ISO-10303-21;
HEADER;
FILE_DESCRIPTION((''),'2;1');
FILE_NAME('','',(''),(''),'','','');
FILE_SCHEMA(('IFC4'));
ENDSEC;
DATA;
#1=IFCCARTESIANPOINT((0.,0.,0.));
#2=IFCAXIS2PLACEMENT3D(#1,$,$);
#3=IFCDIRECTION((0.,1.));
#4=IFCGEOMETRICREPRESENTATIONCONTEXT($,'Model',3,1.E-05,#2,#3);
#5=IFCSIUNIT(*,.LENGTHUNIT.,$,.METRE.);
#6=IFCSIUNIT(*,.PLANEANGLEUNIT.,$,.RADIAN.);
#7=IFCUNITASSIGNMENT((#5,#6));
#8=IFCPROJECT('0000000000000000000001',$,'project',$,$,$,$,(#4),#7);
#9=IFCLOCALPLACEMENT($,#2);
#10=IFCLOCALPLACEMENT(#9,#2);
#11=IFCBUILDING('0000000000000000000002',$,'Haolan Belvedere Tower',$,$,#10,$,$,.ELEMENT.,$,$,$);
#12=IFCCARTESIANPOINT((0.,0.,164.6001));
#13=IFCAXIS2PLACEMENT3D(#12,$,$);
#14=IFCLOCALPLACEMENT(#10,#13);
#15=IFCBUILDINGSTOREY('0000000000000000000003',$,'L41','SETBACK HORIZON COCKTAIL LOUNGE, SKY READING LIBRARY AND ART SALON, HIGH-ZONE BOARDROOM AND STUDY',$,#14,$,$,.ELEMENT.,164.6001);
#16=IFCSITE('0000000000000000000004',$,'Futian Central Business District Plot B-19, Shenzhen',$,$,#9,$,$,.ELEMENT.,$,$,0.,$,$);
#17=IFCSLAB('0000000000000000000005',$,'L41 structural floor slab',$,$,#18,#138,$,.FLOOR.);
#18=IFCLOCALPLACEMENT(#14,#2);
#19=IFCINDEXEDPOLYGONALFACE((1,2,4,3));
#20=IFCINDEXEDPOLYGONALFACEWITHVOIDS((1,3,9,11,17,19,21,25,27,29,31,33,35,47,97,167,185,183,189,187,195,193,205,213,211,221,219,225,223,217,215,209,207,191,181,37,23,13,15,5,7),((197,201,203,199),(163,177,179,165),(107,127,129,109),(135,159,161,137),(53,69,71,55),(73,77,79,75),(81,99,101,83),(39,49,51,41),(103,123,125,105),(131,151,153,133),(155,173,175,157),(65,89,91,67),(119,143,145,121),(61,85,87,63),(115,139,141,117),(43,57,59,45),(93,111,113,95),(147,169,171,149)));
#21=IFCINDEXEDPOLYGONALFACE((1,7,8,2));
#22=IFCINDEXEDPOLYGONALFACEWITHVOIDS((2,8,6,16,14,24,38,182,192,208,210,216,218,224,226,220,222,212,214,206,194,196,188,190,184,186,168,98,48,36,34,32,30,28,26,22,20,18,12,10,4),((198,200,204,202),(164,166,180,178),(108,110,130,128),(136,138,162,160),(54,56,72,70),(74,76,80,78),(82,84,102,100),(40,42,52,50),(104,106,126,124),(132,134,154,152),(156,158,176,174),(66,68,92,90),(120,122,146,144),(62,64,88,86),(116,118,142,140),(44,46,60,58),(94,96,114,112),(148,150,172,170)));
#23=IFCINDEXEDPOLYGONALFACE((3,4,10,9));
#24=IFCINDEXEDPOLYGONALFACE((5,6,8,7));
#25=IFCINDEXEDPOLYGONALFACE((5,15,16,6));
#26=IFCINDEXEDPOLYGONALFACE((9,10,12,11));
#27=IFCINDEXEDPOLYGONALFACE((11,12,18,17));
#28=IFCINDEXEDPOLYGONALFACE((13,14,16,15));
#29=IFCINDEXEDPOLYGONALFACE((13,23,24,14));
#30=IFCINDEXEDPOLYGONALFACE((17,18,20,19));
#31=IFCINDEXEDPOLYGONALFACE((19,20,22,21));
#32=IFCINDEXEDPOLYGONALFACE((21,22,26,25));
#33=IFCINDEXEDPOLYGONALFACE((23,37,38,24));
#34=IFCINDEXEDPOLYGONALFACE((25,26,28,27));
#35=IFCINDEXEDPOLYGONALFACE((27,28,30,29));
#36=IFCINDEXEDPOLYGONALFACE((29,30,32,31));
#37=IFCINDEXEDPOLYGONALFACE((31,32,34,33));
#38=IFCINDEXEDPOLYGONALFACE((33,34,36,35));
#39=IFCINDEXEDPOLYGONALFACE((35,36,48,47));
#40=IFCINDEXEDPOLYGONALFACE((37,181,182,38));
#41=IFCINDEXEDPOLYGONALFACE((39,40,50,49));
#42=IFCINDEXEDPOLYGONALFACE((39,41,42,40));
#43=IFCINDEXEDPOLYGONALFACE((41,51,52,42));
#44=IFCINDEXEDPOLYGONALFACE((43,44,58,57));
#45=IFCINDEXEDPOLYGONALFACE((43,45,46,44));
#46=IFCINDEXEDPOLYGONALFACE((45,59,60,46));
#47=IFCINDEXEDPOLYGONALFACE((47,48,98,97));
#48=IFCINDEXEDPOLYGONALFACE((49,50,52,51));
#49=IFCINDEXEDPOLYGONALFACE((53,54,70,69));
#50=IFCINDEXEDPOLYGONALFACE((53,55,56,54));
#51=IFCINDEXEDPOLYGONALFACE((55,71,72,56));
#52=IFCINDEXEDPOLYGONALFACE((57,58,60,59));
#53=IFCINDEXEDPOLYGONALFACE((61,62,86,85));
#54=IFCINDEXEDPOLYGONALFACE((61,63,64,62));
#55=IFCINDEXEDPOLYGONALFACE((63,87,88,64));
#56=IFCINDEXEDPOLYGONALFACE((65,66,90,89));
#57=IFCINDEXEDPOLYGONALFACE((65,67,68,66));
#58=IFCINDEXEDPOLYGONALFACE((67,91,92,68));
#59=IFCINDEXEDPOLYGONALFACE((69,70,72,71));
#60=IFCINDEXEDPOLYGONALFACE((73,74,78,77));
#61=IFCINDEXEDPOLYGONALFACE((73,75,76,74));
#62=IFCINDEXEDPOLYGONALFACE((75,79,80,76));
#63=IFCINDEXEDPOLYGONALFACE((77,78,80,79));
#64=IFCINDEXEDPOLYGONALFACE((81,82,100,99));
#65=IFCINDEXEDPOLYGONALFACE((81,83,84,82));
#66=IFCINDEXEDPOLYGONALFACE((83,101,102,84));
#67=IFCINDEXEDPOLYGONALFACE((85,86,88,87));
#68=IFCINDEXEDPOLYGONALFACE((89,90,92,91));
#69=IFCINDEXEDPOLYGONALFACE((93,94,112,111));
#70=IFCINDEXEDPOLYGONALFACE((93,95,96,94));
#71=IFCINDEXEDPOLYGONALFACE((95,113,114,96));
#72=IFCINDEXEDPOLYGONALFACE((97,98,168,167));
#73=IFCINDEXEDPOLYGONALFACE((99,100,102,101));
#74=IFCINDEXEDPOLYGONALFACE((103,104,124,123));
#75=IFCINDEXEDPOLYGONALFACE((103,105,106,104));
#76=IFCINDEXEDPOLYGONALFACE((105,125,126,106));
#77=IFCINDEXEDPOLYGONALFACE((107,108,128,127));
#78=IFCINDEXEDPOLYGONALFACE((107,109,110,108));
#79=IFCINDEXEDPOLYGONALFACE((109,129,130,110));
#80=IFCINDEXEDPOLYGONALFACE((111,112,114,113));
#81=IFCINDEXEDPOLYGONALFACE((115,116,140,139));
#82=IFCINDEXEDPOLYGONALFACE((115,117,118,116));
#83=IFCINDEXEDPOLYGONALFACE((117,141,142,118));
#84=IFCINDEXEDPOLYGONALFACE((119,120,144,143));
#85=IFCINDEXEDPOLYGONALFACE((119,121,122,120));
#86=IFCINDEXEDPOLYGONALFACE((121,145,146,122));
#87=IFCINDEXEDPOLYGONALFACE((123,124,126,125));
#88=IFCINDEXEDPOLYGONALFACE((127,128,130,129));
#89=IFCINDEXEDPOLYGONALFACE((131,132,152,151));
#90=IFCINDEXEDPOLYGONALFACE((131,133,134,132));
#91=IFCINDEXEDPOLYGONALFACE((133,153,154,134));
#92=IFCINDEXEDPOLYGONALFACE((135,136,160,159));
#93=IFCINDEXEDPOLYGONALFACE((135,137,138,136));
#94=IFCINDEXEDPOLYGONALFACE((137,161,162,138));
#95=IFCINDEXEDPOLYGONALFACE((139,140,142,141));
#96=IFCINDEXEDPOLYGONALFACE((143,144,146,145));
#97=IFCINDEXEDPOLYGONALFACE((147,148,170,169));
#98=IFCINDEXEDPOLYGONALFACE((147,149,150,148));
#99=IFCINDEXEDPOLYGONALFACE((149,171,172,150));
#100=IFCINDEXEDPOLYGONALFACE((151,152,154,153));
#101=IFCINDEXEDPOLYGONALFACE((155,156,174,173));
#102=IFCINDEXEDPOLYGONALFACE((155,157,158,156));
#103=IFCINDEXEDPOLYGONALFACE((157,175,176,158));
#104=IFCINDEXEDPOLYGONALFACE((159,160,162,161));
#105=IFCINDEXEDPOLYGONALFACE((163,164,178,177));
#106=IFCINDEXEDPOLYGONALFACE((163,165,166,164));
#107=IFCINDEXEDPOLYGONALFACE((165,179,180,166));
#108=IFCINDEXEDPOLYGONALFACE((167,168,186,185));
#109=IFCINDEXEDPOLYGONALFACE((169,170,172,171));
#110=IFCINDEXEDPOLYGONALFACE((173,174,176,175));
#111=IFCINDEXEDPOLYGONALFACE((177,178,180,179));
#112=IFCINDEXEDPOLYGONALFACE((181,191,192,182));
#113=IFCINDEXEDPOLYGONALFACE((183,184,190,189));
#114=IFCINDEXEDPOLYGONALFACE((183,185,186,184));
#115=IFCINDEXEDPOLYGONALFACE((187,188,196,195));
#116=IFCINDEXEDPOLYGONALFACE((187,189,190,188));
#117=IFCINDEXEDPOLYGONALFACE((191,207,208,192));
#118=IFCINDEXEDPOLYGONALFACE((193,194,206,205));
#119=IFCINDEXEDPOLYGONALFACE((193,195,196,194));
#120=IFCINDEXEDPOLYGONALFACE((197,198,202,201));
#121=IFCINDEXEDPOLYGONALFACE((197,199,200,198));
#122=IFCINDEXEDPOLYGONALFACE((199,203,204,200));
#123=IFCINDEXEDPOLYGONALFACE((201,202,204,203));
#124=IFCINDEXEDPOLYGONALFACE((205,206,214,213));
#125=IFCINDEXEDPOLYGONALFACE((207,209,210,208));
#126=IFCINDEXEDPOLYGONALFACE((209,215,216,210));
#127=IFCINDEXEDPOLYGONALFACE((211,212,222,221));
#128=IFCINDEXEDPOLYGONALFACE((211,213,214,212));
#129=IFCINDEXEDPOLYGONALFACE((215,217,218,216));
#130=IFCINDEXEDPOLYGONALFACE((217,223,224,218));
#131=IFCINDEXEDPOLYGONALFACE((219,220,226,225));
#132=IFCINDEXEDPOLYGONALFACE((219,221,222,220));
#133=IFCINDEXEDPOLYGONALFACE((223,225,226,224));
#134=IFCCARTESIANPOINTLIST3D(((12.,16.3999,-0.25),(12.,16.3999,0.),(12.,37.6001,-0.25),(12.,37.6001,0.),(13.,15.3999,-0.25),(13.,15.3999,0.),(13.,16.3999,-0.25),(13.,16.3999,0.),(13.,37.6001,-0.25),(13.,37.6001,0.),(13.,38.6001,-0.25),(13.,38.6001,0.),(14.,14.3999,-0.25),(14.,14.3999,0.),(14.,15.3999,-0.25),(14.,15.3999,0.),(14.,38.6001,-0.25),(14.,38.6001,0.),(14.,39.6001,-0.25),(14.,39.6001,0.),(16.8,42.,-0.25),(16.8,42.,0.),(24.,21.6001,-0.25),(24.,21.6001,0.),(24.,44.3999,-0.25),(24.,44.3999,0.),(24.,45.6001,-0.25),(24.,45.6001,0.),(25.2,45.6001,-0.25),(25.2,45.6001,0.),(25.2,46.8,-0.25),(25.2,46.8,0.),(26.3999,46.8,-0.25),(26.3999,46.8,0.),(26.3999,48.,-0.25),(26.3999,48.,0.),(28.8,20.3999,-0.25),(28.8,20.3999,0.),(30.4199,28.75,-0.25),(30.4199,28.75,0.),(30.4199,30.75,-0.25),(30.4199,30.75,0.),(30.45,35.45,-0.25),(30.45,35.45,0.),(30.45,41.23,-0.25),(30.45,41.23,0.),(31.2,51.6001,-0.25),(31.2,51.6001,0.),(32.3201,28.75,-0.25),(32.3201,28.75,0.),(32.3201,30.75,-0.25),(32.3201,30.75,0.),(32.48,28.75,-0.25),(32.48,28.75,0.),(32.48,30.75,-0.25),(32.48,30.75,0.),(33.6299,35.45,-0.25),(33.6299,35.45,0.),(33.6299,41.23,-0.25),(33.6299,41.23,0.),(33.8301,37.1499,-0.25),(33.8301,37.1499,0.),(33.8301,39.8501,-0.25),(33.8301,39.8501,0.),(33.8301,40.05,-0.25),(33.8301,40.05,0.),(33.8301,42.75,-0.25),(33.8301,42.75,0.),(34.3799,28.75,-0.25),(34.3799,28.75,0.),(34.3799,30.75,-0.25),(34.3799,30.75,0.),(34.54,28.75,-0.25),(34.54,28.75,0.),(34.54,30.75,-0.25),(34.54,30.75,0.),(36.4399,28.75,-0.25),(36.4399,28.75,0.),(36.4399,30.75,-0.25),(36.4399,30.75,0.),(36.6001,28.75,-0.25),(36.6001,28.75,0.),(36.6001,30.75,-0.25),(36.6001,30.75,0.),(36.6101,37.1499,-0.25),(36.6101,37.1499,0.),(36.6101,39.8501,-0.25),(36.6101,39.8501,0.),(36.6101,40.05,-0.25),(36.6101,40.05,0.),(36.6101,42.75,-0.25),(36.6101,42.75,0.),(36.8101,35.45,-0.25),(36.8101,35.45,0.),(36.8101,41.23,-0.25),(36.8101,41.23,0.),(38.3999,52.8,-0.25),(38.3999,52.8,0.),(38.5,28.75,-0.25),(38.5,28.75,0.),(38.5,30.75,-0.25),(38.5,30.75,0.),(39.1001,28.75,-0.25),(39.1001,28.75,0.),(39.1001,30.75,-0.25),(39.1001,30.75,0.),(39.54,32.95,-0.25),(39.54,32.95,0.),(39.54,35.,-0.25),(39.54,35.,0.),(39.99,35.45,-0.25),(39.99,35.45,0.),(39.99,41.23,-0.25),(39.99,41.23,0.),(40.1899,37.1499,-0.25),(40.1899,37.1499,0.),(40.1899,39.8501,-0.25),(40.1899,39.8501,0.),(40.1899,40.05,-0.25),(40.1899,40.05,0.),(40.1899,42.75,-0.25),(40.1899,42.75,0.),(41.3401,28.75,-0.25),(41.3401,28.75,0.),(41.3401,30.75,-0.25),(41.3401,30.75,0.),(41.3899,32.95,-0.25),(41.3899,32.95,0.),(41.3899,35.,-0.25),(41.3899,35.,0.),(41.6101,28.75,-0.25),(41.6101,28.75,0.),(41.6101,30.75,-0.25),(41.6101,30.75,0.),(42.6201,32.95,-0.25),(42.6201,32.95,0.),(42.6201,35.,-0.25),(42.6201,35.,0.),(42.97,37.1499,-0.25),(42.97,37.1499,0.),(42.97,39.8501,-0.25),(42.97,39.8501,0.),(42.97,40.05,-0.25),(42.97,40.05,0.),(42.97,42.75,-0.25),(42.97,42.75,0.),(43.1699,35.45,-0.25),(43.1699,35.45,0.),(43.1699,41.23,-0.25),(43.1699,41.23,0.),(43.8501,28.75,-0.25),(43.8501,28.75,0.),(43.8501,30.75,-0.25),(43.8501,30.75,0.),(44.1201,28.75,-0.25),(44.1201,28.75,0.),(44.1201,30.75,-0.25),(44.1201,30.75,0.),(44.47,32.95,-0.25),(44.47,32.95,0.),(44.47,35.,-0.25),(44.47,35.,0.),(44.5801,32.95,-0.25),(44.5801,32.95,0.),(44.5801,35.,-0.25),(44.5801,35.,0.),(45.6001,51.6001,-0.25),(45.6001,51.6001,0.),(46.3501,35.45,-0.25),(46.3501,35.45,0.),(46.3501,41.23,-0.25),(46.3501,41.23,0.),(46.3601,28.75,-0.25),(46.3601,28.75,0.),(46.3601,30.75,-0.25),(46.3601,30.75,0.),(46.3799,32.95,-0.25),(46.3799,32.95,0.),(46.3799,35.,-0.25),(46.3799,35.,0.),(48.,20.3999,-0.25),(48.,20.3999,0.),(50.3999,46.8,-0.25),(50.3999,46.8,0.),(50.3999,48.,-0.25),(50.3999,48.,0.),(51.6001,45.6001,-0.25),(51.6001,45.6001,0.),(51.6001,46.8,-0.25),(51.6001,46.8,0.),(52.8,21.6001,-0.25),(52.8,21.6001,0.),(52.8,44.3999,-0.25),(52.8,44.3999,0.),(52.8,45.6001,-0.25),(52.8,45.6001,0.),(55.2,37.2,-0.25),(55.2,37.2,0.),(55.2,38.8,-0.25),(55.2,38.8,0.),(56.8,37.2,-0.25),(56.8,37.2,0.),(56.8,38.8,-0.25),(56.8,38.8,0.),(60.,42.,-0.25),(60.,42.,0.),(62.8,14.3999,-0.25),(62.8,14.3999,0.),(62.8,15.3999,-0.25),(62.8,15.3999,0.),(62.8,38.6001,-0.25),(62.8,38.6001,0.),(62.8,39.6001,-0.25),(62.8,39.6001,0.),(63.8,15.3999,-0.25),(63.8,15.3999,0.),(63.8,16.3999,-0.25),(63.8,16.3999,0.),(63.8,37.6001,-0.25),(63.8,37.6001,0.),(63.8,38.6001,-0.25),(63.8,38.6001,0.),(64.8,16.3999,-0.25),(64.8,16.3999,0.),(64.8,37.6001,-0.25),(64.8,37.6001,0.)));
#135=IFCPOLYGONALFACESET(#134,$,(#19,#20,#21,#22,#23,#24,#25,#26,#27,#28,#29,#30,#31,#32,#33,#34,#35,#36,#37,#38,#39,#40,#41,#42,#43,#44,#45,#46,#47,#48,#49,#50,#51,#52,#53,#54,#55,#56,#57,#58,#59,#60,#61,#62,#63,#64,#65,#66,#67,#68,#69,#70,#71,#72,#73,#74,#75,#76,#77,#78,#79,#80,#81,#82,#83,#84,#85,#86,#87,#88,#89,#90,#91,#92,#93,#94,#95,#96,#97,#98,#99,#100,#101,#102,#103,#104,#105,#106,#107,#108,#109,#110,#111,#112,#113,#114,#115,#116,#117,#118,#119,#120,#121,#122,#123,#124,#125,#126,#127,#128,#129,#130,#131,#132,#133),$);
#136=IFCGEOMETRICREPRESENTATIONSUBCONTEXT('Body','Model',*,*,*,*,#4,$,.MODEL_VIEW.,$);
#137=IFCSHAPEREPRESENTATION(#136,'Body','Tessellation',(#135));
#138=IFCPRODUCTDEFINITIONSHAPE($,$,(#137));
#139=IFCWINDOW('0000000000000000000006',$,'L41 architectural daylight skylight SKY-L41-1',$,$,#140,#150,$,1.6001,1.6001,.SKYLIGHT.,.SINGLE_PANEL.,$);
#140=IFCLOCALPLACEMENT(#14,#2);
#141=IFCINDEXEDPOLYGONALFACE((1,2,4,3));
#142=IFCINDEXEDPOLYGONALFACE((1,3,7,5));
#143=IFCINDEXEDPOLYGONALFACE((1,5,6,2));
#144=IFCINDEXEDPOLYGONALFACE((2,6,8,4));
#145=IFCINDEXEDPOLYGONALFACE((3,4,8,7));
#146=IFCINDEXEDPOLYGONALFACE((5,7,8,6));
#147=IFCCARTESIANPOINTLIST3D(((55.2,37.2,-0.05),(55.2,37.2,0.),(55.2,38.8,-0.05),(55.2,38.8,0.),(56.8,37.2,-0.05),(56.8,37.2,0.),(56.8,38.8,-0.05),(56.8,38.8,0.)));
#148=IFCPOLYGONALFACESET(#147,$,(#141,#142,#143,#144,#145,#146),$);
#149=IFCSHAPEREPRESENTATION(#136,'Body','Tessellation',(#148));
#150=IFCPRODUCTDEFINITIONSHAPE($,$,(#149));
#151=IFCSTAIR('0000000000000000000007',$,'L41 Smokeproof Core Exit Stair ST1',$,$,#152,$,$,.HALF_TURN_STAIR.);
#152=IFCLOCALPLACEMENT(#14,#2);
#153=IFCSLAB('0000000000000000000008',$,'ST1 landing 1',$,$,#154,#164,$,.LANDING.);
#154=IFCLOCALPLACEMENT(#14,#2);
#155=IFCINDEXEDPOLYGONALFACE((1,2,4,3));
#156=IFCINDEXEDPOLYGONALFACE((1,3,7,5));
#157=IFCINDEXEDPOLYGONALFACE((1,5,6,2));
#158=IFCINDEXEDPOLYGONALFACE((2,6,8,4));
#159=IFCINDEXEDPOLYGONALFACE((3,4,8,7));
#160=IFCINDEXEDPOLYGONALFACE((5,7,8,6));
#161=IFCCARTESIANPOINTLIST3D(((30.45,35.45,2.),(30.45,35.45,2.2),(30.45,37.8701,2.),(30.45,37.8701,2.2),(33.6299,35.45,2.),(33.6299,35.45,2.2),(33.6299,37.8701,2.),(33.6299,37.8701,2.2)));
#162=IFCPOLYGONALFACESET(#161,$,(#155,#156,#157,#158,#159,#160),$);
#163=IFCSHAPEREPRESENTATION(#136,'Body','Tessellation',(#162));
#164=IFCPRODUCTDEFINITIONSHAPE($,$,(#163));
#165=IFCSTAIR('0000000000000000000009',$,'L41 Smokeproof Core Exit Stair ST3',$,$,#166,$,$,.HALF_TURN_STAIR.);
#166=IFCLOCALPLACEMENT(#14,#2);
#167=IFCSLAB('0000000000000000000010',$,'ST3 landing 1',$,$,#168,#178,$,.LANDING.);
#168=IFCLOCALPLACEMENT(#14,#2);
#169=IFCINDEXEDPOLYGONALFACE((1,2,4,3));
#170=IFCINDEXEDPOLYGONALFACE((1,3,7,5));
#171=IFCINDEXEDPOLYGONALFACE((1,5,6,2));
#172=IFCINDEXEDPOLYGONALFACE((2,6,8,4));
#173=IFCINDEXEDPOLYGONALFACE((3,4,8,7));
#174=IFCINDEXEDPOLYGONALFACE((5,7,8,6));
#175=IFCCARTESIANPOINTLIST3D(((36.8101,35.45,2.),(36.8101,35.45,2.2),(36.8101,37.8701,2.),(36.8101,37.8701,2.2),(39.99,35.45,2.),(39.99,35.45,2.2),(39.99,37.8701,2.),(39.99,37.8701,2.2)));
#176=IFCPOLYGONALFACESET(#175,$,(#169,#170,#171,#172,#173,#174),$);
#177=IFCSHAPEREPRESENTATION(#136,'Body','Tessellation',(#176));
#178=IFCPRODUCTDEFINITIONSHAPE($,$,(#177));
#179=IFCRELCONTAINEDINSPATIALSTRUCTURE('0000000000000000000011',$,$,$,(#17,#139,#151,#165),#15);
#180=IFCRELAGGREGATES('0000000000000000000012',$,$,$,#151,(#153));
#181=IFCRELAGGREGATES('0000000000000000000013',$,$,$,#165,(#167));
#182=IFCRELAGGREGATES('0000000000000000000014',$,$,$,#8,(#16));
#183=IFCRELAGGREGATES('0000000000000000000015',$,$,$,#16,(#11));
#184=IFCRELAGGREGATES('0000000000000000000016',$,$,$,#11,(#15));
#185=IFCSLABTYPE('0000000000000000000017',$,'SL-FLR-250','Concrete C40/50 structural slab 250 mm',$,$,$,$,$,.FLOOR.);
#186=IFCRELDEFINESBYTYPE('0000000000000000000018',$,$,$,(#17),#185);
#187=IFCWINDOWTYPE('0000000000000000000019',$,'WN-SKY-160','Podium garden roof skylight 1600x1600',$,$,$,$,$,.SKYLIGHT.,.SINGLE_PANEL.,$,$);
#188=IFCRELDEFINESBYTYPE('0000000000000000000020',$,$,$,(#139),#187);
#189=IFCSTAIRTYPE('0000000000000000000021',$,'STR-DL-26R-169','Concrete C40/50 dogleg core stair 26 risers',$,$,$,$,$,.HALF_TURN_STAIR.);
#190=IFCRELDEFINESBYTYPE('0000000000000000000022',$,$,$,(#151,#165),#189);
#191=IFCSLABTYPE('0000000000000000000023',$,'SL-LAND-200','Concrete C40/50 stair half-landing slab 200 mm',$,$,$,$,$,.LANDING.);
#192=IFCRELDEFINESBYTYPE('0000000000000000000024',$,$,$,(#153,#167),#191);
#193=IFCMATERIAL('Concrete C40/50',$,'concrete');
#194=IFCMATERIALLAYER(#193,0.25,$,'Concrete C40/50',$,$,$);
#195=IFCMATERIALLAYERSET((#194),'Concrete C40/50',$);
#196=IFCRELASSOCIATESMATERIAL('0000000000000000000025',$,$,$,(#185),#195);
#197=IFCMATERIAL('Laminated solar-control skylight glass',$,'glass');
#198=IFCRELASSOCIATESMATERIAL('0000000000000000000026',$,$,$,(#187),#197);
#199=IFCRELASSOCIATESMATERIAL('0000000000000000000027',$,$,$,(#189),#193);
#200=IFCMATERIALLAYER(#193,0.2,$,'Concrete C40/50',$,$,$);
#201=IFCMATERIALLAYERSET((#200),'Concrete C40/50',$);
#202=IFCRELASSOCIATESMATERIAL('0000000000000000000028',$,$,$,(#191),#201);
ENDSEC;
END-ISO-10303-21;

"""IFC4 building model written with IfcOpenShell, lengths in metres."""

from ifc_helpers import new_model, si_unit, direction, frame, origin, origin_2d, place, context, subcontext, project, spatial, polyline, rectangle, outline, extrude, material, layer, layer_set, type_object, element, fill, aggregate, save


model = new_model("IFC4")

# Units and contexts
model_context = context("Model", 3, precision=1e-05, world=origin(), true_north=direction((0.0, 1.0)))
body_context = subcontext(model_context, "Body", "Model", "MODEL_VIEW")
ifc_project = project(units=[si_unit("LENGTHUNIT", "METRE"), si_unit("PLANEANGLEUNIT", "RADIAN")], contexts=[model_context])

# Site, building, storey
site_placement = place(None, origin())
site = spatial("IfcSite", under=ifc_project, at=site_placement, Name="Futian Central Business District Plot B-19, Shenzhen", CompositionType="ELEMENT", RefElevation=0.0)
building_placement = place(site_placement, origin())
building = spatial("IfcBuilding", under=site, at=building_placement, Name="Haolan Belvedere Tower", CompositionType="ELEMENT")
storey_placement = place(building_placement, frame((0.0, 0.0, 164.6001)))
storey = spatial("IfcBuildingStorey", under=building, at=storey_placement, Name="L41", Description="SETBACK HORIZON COCKTAIL LOUNGE, SKY READING LIBRARY AND ART SALON, HIGH-ZONE BOARDROOM AND STUDY", CompositionType="ELEMENT", Elevation=164.6001)

# Slab, opening, window
ifc_material_1 = material(Name="Concrete C40/50", Category="concrete")
ifc_layer_1 = layer(ifc_material_1, 0.25, Name="Concrete C40/50")
ifc_layer_set_1 = layer_set([ifc_layer_1], Name="Concrete C40/50")
slab_type_1 = type_object("IfcSlabType", Name="SL-FLR-250", Description="Concrete C40/50 structural slab 250 mm", PredefinedType="FLOOR", material=ifc_layer_set_1)
slab_1_placement = place(storey_placement, frame((0.0, 0.0, -0.25)))
slab_1 = element("IfcSlab", 1, at=slab_1_placement, inside=storey, type_object=slab_type_1, Name="L41 structural floor slab", PredefinedType="FLOOR", context=body_context, shape_type="SweptSolid", body=[
    extrude(outline(polyline([(24.0, 21.6001), (28.8, 20.3999), (48.0, 20.3999), (52.8, 21.6001), (62.8, 14.3999), (62.8, 15.3999), (63.8, 15.3999), (63.8, 16.3999), (64.8, 16.3999), (64.8, 37.6001), (63.8, 37.6001), (63.8, 38.6001), (62.8, 38.6001), (62.8, 39.6001), (60.0, 42.0), (52.8, 44.3999), (52.8, 45.6001), (51.6001, 45.6001), (51.6001, 46.8), (50.3999, 46.8), (50.3999, 48.0), (45.6001, 51.6001), (38.3999, 52.8), (31.2, 51.6001), (26.3999, 48.0), (26.3999, 46.8), (25.2, 46.8), (25.2, 45.6001), (24.0, 45.6001), (24.0, 44.3999), (16.8, 42.0), (14.0, 39.6001), (14.0, 38.6001), (13.0, 38.6001), (13.0, 37.6001), (12.0, 37.6001), (12.0, 16.8), (12.0, 16.3999), (13.0, 16.3999), (13.0, 15.3999), (14.0, 15.3999), (14.0, 14.3999), (24.0, 21.6001)]), holes=[polyline([(30.45, 41.23), (30.45, 35.45), (33.6299, 35.45), (33.6299, 41.23), (30.45, 41.23)]), polyline([(36.8101, 41.23), (36.8101, 35.45), (39.99, 35.45), (39.99, 41.23), (36.8101, 41.23)]), polyline([(43.1699, 41.23), (43.1699, 35.45), (46.3501, 35.45), (46.3501, 41.23), (43.1699, 41.23)]), polyline([(33.8301, 40.05), (36.6101, 40.05), (36.6101, 42.75), (33.8301, 42.75), (33.8301, 40.05)]), polyline([(33.8301, 37.1499), (36.6101, 37.1499), (36.6101, 39.8501), (33.8301, 39.8501), (33.8301, 37.1499)]), polyline([(40.1899, 40.05), (42.97, 40.05), (42.97, 42.75), (40.1899, 42.75), (40.1899, 40.05)]), polyline([(40.1899, 37.1499), (42.97, 37.1499), (42.97, 39.8501), (40.1899, 39.8501), (40.1899, 37.1499)]), polyline([(39.54, 32.95), (41.3899, 32.95), (41.3899, 35.0), (39.54, 35.0), (39.54, 32.95)]), polyline([(42.6201, 32.95), (44.47, 32.95), (44.47, 35.0), (42.6201, 35.0), (42.6201, 32.95)]), polyline([(44.5801, 32.95), (46.3799, 32.95), (46.3799, 35.0), (44.5801, 35.0), (44.5801, 32.95)]), polyline([(30.4199, 28.75), (32.3201, 28.75), (32.3201, 30.75), (30.4199, 30.75), (30.4199, 28.75)]), polyline([(32.48, 28.75), (34.3799, 28.75), (34.3799, 30.75), (32.48, 30.75), (32.48, 28.75)]), polyline([(34.54, 28.75), (36.4399, 28.75), (36.4399, 30.75), (34.54, 30.75), (34.54, 28.75)]), polyline([(36.6001, 28.75), (38.5, 28.75), (38.5, 30.75), (36.6001, 30.75), (36.6001, 28.75)]), polyline([(39.1001, 28.75), (41.3401, 28.75), (41.3401, 30.75), (39.1001, 30.75), (39.1001, 28.75)]), polyline([(41.6101, 28.75), (43.8501, 28.75), (43.8501, 30.75), (41.6101, 30.75), (41.6101, 28.75)]), polyline([(44.1201, 28.75), (46.3601, 28.75), (46.3601, 30.75), (44.1201, 30.75), (44.1201, 28.75)])]), origin(), (0.0, 0.0, 1.0), 0.25),
])
opening_placement = place(slab_1_placement, frame((56.0, 38.0, 0.0)))
opening = element("IfcOpeningElement", 2, at=opening_placement, cuts=slab_1, PredefinedType="OPENING", context=body_context, shape_type="SweptSolid", body=[
    extrude(rectangle(XDim=1.6001, YDim=1.6001, at=origin_2d()), frame((0.0, 0.0, -0.01)), (0.0, 0.0, 1.0), 0.27),
])
ifc_material_2 = material(Name="Laminated solar-control skylight glass", Category="glass")
window_type = type_object("IfcWindowType", Name="WN-SKY-160", Description="Podium garden roof skylight 1600x1600", PartitioningType="SINGLE_PANEL", PredefinedType="SKYLIGHT", material=ifc_material_2)
window_placement = place(opening_placement, frame((0.0, 0.0, 0.2)))
window = element("IfcWindow", 3, at=window_placement, inside=storey, type_object=window_type, Name="L41 architectural daylight skylight SKY-L41-1", OverallHeight=1.6001, OverallWidth=1.6001, PartitioningType="SINGLE_PANEL", PredefinedType="SKYLIGHT", context=body_context, shape_type="SweptSolid", body=[
    extrude(rectangle(XDim=1.6001, YDim=1.6001, at=origin_2d()), origin(), (0.0, 0.0, 1.0), 0.05),
])
fill(opening, window)

# Stairs, slabs
stair_type = type_object("IfcStairType", Name="STR-DL-26R-169", Description="Concrete C40/50 dogleg core stair 26 risers", PredefinedType="HALF_TURN_STAIR", material=ifc_material_1)
stair_1_placement = place(storey_placement, origin())
stair_1 = element("IfcStair", 4, at=stair_1_placement, inside=storey, type_object=stair_type, Name="L41 Smokeproof Core Exit Stair ST1", PredefinedType="HALF_TURN_STAIR")
ifc_layer_2 = layer(ifc_material_1, 0.2, Name="Concrete C40/50")
ifc_layer_set_2 = layer_set([ifc_layer_2], Name="Concrete C40/50")
slab_type_2 = type_object("IfcSlabType", Name="SL-LAND-200", Description="Concrete C40/50 stair half-landing slab 200 mm", PredefinedType="LANDING", material=ifc_layer_set_2)
slab_2_placement = place(storey_placement, frame((0.0, 0.0, 2.0)))
slab_2 = element("IfcSlab", 5, at=slab_2_placement, type_object=slab_type_2, Name="ST1 landing 1", PredefinedType="LANDING", context=body_context, shape_type="SweptSolid", body=[
    extrude(outline(polyline([(30.45, 37.8701), (30.45, 35.45), (33.6299, 35.45), (33.6299, 37.8701), (30.45, 37.8701)])), origin(), (0.0, 0.0, 1.0), 0.2),
])
aggregate(stair_1, [slab_2])
stair_2_placement = place(storey_placement, origin())
stair_2 = element("IfcStair", 6, at=stair_2_placement, inside=storey, type_object=stair_type, Name="L41 Smokeproof Core Exit Stair ST3", PredefinedType="HALF_TURN_STAIR")
slab_3_placement = place(storey_placement, frame((0.0, 0.0, 2.0)))
slab_3 = element("IfcSlab", 7, at=slab_3_placement, type_object=slab_type_2, Name="ST3 landing 1", PredefinedType="LANDING", context=body_context, shape_type="SweptSolid", body=[
    extrude(outline(polyline([(36.8101, 37.8701), (36.8101, 35.45), (39.99, 35.45), (39.99, 37.8701), (36.8101, 37.8701)])), origin(), (0.0, 0.0, 1.0), 0.2),
])
aggregate(stair_2, [slab_3])

save(model, "model.ifc")
